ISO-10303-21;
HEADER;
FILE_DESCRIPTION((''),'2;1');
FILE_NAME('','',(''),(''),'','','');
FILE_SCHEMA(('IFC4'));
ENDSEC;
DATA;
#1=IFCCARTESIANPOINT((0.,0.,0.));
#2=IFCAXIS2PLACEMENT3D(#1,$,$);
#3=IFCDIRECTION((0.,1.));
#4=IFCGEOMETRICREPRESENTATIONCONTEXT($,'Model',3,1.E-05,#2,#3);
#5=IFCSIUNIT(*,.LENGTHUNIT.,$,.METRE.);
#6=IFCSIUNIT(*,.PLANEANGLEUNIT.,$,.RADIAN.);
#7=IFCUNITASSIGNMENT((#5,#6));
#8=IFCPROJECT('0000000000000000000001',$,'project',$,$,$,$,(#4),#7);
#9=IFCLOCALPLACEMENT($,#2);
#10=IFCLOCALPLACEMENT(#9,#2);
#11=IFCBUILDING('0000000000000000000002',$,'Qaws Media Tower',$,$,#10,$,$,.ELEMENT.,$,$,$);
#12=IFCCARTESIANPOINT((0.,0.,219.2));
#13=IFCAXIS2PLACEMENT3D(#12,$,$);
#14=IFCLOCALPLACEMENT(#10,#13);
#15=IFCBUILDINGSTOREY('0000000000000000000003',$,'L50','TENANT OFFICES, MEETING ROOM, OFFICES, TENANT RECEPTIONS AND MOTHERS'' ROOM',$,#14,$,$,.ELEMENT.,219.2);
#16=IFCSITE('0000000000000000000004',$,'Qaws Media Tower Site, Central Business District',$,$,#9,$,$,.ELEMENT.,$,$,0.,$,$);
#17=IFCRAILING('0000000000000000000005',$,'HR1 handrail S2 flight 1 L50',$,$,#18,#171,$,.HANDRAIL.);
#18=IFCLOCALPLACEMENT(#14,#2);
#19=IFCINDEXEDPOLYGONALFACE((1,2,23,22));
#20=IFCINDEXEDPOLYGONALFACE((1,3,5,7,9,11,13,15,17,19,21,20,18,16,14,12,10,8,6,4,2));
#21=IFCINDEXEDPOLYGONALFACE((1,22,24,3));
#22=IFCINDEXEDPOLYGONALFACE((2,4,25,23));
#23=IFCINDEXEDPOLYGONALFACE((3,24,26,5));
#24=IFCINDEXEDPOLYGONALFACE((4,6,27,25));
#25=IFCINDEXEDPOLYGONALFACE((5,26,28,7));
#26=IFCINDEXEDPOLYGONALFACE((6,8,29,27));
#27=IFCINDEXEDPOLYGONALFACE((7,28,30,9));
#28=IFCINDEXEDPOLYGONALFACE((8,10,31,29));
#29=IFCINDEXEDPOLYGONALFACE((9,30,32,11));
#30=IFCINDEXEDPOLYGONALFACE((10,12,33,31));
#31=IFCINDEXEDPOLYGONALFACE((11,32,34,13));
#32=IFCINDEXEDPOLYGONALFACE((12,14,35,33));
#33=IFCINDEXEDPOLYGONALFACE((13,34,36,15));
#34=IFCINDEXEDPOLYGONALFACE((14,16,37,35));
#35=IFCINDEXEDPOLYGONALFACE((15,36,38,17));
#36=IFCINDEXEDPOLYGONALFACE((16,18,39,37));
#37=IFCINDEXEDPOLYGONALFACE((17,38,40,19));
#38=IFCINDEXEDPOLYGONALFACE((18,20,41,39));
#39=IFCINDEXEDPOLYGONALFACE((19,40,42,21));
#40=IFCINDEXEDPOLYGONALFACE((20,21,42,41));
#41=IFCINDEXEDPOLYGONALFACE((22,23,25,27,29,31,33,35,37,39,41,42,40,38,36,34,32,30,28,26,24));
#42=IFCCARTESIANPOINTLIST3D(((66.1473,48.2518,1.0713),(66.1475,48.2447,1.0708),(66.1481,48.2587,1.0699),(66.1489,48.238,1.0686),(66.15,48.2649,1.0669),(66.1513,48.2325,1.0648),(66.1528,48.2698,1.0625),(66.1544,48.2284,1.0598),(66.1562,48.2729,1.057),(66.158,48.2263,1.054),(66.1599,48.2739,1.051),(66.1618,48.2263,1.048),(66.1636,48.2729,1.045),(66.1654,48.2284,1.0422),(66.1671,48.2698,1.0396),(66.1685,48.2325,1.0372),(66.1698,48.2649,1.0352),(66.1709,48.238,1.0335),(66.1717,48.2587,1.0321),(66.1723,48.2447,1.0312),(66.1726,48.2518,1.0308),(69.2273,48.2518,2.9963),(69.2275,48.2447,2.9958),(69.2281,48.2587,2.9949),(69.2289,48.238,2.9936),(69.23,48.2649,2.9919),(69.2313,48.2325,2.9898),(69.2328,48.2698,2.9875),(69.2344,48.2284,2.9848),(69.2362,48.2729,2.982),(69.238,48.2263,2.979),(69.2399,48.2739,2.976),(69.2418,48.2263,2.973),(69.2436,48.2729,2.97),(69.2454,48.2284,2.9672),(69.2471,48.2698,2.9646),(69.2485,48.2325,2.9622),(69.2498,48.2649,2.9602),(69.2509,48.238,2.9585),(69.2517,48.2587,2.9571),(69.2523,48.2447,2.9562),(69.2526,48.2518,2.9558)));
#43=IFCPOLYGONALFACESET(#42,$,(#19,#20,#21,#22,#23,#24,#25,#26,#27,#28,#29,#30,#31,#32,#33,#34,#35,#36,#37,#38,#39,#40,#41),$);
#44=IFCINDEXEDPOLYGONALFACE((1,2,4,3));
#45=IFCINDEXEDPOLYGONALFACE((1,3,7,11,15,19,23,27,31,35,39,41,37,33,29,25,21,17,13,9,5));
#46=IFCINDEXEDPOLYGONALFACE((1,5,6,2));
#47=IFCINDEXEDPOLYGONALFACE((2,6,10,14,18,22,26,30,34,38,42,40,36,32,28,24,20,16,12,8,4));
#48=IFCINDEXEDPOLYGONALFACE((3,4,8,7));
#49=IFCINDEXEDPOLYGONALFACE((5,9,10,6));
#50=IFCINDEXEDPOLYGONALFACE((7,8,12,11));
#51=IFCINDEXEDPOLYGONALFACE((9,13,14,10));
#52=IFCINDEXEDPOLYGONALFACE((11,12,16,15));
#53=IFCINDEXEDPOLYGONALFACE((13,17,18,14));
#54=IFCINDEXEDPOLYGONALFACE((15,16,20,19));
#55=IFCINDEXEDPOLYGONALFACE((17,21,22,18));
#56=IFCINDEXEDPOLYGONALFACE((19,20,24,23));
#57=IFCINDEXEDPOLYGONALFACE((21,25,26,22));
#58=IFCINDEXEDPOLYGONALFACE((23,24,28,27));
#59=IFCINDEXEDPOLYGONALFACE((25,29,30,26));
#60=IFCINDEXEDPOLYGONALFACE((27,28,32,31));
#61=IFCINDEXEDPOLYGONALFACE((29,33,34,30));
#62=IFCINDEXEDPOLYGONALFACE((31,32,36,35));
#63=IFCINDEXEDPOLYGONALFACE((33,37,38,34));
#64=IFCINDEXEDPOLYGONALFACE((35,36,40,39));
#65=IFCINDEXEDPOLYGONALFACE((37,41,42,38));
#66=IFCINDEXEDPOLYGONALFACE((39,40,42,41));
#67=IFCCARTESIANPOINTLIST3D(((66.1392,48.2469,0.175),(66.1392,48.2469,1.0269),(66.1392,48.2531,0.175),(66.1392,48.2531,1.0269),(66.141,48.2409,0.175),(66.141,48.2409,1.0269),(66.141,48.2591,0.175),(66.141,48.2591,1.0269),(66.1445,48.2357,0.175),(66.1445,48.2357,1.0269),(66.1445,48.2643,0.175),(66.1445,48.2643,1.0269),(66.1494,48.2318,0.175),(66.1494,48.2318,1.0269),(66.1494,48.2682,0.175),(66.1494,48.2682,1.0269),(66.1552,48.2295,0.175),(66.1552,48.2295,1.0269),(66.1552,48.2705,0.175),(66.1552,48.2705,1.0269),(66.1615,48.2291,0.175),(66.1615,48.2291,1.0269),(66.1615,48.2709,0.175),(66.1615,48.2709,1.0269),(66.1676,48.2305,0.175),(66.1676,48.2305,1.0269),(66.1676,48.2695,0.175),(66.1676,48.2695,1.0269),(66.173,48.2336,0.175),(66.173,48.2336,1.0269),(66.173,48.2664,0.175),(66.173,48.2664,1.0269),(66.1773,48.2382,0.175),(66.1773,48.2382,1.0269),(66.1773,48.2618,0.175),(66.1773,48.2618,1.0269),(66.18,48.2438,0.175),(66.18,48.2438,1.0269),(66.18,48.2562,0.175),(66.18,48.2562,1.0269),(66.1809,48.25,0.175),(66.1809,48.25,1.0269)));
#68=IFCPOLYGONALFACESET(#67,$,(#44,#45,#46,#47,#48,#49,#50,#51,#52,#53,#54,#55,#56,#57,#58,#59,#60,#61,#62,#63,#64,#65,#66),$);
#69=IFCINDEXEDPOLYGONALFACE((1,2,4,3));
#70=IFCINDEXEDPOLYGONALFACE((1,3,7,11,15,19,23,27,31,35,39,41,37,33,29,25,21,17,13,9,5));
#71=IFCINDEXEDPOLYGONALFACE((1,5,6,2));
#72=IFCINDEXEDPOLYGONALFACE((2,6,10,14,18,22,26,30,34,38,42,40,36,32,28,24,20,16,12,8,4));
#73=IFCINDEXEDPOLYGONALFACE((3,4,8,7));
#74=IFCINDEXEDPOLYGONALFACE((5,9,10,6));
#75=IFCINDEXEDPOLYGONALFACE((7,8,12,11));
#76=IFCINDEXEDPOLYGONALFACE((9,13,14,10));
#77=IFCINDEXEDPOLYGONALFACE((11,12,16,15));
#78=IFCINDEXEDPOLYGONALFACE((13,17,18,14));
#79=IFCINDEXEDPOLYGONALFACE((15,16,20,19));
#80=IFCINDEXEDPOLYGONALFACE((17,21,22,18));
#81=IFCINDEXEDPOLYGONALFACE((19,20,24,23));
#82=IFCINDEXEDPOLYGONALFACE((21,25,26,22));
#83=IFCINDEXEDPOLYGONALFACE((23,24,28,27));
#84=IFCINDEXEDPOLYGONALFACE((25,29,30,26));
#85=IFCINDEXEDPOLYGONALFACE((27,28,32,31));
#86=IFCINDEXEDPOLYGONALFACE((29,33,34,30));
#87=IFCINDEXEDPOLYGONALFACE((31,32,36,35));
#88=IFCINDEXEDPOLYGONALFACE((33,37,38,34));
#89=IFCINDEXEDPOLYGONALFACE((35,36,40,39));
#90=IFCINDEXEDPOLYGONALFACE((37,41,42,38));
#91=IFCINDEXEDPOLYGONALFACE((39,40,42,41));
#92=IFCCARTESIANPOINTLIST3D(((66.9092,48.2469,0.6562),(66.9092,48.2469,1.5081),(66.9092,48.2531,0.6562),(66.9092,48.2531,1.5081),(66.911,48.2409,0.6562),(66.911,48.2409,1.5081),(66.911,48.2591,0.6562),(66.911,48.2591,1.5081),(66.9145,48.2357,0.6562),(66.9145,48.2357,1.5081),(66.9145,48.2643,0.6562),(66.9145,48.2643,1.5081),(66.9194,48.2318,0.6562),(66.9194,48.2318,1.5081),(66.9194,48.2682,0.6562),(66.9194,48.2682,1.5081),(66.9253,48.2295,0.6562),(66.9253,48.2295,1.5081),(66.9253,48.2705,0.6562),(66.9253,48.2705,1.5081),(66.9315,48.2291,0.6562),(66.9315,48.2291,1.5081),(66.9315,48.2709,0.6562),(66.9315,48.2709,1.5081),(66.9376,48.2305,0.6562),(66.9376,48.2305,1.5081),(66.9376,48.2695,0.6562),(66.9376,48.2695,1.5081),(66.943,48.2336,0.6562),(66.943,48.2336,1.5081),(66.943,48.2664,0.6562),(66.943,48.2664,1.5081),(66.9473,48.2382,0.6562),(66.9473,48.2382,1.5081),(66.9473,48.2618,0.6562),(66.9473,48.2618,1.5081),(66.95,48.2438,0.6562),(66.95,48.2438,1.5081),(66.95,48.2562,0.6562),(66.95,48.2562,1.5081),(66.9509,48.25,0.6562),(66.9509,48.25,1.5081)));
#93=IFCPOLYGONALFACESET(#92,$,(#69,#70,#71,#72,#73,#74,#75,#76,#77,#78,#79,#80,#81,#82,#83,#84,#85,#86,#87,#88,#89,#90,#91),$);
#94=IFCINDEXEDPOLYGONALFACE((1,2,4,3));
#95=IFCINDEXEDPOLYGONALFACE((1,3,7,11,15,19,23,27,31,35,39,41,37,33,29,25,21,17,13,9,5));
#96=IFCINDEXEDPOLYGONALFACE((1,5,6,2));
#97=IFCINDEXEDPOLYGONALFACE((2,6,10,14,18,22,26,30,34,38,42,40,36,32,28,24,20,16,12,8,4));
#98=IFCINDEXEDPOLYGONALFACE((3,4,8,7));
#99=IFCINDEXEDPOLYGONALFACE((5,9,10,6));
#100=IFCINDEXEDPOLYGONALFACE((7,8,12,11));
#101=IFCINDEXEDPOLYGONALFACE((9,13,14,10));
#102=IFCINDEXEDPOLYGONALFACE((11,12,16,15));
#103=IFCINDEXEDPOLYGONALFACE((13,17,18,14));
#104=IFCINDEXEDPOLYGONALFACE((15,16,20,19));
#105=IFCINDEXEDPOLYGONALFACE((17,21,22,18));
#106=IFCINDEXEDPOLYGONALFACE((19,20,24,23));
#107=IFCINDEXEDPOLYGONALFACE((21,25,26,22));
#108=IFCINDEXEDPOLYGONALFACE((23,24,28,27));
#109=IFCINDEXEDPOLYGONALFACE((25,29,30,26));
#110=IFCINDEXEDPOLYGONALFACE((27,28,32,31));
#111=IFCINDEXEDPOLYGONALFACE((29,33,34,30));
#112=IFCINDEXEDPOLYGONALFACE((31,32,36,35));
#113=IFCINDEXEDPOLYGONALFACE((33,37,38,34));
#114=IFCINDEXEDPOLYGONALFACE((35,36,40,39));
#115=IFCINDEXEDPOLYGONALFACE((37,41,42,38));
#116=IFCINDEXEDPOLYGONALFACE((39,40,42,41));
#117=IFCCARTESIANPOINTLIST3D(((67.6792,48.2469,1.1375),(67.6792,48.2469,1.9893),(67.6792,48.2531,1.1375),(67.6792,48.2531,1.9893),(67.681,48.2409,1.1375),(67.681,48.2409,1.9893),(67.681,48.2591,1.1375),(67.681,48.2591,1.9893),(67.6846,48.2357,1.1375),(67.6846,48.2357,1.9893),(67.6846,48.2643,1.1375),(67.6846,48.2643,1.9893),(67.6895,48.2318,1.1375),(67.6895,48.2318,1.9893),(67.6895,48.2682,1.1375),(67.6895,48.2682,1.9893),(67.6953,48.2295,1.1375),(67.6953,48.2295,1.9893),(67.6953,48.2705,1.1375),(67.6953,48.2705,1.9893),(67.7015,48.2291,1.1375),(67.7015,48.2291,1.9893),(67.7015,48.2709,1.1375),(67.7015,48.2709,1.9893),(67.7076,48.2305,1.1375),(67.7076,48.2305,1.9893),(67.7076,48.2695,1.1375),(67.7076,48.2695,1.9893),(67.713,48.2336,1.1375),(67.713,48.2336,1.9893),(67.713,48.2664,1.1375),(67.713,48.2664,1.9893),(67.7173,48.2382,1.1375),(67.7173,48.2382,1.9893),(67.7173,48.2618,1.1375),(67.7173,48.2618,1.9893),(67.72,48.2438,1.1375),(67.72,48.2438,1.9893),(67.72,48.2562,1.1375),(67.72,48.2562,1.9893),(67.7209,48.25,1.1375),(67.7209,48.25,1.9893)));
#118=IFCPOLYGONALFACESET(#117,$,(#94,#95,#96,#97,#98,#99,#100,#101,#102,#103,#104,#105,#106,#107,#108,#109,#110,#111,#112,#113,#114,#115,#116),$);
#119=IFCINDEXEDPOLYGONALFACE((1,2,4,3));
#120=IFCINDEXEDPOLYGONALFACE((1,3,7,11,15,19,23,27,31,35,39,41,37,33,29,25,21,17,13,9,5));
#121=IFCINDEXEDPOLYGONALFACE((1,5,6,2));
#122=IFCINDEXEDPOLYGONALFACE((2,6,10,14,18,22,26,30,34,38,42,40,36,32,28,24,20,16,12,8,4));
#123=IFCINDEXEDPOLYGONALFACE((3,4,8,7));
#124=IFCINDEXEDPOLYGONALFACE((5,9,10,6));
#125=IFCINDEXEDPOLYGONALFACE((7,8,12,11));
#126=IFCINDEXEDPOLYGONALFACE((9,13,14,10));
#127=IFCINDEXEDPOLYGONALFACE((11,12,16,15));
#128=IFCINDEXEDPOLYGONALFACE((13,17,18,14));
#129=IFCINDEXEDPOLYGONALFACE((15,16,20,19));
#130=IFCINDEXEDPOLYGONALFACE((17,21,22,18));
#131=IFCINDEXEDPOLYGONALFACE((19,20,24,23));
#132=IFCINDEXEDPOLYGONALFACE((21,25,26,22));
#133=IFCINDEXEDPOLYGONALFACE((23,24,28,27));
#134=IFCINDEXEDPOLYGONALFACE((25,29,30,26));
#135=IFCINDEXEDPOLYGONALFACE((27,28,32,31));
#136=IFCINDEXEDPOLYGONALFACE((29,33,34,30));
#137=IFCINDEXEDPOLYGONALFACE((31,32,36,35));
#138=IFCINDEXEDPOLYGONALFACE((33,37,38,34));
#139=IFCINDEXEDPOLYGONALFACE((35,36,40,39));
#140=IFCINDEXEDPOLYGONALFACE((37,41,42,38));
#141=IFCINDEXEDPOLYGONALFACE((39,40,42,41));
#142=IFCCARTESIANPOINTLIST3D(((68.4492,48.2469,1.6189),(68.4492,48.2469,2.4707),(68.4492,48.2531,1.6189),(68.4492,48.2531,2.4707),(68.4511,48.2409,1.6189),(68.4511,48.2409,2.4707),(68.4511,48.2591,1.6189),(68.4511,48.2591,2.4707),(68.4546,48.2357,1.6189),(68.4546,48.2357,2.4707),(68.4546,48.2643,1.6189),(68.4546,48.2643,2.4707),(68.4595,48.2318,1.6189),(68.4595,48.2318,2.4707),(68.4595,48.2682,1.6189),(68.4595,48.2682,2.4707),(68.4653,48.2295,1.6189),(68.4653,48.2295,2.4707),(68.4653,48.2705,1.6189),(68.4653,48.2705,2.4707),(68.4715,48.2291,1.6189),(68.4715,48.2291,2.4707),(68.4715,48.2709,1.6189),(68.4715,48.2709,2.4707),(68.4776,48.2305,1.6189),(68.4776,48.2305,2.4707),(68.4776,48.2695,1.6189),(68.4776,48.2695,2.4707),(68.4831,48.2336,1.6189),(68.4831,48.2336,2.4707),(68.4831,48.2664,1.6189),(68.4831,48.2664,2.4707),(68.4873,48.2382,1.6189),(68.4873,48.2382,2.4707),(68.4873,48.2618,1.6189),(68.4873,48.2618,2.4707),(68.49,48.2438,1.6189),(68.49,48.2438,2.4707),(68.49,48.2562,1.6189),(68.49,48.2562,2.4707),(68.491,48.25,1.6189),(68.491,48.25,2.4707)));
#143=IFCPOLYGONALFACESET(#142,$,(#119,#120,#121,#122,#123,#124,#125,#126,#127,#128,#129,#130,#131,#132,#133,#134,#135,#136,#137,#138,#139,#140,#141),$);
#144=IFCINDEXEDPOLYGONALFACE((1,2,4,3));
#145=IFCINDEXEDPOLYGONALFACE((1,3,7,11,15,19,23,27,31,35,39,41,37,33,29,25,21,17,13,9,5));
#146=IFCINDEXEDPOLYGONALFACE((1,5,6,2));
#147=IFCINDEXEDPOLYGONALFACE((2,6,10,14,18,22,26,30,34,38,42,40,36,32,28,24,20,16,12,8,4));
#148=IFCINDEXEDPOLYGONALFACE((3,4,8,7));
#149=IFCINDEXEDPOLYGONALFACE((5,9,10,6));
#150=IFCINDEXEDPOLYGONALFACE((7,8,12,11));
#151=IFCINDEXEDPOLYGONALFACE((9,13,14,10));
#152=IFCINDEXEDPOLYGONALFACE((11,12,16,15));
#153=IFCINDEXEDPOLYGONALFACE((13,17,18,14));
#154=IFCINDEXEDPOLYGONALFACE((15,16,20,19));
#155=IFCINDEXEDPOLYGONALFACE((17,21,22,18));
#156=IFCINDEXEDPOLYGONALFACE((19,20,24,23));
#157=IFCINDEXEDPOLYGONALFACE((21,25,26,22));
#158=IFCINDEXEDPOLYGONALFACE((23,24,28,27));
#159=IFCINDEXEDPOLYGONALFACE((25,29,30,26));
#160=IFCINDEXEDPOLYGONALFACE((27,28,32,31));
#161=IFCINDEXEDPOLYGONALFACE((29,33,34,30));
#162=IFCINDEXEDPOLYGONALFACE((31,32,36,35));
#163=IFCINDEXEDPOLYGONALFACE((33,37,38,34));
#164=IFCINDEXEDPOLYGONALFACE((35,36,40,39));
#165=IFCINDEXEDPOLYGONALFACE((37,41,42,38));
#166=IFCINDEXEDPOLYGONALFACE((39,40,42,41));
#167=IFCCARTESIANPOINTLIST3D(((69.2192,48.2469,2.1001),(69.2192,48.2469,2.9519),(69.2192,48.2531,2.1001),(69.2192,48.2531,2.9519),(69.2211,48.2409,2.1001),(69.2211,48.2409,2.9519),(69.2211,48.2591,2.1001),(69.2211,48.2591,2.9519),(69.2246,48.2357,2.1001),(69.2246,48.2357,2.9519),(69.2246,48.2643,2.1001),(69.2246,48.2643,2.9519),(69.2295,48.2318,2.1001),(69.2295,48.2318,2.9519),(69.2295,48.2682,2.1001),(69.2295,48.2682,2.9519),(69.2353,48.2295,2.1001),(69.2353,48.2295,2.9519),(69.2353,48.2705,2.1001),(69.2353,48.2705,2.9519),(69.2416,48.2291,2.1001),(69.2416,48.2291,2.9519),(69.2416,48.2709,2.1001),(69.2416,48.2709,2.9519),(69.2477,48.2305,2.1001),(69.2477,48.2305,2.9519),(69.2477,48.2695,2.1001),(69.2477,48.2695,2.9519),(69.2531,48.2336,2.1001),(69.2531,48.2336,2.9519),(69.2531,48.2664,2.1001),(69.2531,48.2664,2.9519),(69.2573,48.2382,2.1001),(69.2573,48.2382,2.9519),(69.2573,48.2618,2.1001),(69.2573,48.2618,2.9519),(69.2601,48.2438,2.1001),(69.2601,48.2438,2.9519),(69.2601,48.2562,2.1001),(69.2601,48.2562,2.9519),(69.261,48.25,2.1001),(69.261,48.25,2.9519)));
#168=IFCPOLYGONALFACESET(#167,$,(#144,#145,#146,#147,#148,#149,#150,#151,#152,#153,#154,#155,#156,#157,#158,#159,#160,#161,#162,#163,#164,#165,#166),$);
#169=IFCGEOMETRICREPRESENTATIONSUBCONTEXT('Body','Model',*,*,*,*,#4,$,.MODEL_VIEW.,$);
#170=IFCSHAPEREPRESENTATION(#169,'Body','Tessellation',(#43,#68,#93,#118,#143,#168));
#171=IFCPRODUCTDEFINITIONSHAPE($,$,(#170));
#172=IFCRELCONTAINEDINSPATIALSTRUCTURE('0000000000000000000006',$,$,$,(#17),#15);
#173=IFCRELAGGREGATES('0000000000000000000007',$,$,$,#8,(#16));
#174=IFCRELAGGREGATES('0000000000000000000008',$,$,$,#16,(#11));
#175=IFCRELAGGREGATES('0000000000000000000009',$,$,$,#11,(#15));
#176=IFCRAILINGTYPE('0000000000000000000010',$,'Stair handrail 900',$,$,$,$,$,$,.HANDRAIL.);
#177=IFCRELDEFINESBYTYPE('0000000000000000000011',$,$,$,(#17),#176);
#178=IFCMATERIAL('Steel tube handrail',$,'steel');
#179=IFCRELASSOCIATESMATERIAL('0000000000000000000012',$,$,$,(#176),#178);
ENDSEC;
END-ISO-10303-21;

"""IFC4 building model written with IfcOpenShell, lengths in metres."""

from ifc_helpers import new_model, si_unit, direction, frame, origin, origin_2d, place, context, subcontext, project, spatial, circle, extrude, material, type_object, element, save


model = new_model("IFC4")

# Units and contexts
model_context = context("Model", 3, precision=1e-05, world=origin(), true_north=direction((0.0, 1.0)))
body_context = subcontext(model_context, "Body", "Model", "MODEL_VIEW")
ifc_project = project(units=[si_unit("LENGTHUNIT", "METRE"), si_unit("PLANEANGLEUNIT", "RADIAN")], contexts=[model_context])

# Site, building, storey
site_placement = place(None, origin())
site = spatial("IfcSite", under=ifc_project, at=site_placement, Name="Qaws Media Tower Site, Central Business District", CompositionType="ELEMENT", RefElevation=0.0)
building_placement = place(site_placement, origin())
building = spatial("IfcBuilding", under=site, at=building_placement, Name="Qaws Media Tower", CompositionType="ELEMENT")
storey_placement = place(building_placement, frame((0.0, 0.0, 219.2)))
storey = spatial("IfcBuildingStorey", under=building, at=storey_placement, Name="L50", Description="TENANT OFFICES, MEETING ROOM, OFFICES, TENANT RECEPTIONS AND MOTHERS' ROOM", CompositionType="ELEMENT", Elevation=219.2)

# Railing
ifc_material_1 = material(Name="Steel tube handrail", Category="steel")
railing_type = type_object("IfcRailingType", Name="Stair handrail 900", PredefinedType="HANDRAIL", material=ifc_material_1)
railing_placement = place(storey_placement, frame((66.1599, 48.25, 0.175)))
element("IfcRailing", 1, at=railing_placement, inside=storey, type_object=railing_type, Name="HR1 handrail S2 flight 1 L50", PredefinedType="HANDRAIL", context=body_context, shape_type="SweptSolid", body=[
    extrude(circle(Radius=0.0239, at=origin_2d()), frame((0.0, 0.0, 0.876), z_axis=(0.847998, 0.0, 0.529999), x_axis=(0.0, 1.0, 0.0)), (0.0, 0.0, 1.0), 3.6321),
    extrude(circle(Radius=0.021, at=origin_2d()), origin(), (0.0, 0.0, 1.0), 0.8518),
    extrude(circle(Radius=0.021, at=origin_2d()), frame((0.77, 0.0, 0.4812)), (0.0, 0.0, 1.0), 0.8518),
    extrude(circle(Radius=0.021, at=origin_2d()), frame((1.54, 0.0, 0.9624)), (0.0, 0.0, 1.0), 0.8518),
    extrude(circle(Radius=0.021, at=origin_2d()), frame((2.3101, 0.0, 1.4438)), (0.0, 0.0, 1.0), 0.8518),
    extrude(circle(Radius=0.021, at=origin_2d()), frame((3.0801, 0.0, 1.925)), (0.0, 0.0, 1.0), 0.8518),
])

save(model, "model.ifc")
